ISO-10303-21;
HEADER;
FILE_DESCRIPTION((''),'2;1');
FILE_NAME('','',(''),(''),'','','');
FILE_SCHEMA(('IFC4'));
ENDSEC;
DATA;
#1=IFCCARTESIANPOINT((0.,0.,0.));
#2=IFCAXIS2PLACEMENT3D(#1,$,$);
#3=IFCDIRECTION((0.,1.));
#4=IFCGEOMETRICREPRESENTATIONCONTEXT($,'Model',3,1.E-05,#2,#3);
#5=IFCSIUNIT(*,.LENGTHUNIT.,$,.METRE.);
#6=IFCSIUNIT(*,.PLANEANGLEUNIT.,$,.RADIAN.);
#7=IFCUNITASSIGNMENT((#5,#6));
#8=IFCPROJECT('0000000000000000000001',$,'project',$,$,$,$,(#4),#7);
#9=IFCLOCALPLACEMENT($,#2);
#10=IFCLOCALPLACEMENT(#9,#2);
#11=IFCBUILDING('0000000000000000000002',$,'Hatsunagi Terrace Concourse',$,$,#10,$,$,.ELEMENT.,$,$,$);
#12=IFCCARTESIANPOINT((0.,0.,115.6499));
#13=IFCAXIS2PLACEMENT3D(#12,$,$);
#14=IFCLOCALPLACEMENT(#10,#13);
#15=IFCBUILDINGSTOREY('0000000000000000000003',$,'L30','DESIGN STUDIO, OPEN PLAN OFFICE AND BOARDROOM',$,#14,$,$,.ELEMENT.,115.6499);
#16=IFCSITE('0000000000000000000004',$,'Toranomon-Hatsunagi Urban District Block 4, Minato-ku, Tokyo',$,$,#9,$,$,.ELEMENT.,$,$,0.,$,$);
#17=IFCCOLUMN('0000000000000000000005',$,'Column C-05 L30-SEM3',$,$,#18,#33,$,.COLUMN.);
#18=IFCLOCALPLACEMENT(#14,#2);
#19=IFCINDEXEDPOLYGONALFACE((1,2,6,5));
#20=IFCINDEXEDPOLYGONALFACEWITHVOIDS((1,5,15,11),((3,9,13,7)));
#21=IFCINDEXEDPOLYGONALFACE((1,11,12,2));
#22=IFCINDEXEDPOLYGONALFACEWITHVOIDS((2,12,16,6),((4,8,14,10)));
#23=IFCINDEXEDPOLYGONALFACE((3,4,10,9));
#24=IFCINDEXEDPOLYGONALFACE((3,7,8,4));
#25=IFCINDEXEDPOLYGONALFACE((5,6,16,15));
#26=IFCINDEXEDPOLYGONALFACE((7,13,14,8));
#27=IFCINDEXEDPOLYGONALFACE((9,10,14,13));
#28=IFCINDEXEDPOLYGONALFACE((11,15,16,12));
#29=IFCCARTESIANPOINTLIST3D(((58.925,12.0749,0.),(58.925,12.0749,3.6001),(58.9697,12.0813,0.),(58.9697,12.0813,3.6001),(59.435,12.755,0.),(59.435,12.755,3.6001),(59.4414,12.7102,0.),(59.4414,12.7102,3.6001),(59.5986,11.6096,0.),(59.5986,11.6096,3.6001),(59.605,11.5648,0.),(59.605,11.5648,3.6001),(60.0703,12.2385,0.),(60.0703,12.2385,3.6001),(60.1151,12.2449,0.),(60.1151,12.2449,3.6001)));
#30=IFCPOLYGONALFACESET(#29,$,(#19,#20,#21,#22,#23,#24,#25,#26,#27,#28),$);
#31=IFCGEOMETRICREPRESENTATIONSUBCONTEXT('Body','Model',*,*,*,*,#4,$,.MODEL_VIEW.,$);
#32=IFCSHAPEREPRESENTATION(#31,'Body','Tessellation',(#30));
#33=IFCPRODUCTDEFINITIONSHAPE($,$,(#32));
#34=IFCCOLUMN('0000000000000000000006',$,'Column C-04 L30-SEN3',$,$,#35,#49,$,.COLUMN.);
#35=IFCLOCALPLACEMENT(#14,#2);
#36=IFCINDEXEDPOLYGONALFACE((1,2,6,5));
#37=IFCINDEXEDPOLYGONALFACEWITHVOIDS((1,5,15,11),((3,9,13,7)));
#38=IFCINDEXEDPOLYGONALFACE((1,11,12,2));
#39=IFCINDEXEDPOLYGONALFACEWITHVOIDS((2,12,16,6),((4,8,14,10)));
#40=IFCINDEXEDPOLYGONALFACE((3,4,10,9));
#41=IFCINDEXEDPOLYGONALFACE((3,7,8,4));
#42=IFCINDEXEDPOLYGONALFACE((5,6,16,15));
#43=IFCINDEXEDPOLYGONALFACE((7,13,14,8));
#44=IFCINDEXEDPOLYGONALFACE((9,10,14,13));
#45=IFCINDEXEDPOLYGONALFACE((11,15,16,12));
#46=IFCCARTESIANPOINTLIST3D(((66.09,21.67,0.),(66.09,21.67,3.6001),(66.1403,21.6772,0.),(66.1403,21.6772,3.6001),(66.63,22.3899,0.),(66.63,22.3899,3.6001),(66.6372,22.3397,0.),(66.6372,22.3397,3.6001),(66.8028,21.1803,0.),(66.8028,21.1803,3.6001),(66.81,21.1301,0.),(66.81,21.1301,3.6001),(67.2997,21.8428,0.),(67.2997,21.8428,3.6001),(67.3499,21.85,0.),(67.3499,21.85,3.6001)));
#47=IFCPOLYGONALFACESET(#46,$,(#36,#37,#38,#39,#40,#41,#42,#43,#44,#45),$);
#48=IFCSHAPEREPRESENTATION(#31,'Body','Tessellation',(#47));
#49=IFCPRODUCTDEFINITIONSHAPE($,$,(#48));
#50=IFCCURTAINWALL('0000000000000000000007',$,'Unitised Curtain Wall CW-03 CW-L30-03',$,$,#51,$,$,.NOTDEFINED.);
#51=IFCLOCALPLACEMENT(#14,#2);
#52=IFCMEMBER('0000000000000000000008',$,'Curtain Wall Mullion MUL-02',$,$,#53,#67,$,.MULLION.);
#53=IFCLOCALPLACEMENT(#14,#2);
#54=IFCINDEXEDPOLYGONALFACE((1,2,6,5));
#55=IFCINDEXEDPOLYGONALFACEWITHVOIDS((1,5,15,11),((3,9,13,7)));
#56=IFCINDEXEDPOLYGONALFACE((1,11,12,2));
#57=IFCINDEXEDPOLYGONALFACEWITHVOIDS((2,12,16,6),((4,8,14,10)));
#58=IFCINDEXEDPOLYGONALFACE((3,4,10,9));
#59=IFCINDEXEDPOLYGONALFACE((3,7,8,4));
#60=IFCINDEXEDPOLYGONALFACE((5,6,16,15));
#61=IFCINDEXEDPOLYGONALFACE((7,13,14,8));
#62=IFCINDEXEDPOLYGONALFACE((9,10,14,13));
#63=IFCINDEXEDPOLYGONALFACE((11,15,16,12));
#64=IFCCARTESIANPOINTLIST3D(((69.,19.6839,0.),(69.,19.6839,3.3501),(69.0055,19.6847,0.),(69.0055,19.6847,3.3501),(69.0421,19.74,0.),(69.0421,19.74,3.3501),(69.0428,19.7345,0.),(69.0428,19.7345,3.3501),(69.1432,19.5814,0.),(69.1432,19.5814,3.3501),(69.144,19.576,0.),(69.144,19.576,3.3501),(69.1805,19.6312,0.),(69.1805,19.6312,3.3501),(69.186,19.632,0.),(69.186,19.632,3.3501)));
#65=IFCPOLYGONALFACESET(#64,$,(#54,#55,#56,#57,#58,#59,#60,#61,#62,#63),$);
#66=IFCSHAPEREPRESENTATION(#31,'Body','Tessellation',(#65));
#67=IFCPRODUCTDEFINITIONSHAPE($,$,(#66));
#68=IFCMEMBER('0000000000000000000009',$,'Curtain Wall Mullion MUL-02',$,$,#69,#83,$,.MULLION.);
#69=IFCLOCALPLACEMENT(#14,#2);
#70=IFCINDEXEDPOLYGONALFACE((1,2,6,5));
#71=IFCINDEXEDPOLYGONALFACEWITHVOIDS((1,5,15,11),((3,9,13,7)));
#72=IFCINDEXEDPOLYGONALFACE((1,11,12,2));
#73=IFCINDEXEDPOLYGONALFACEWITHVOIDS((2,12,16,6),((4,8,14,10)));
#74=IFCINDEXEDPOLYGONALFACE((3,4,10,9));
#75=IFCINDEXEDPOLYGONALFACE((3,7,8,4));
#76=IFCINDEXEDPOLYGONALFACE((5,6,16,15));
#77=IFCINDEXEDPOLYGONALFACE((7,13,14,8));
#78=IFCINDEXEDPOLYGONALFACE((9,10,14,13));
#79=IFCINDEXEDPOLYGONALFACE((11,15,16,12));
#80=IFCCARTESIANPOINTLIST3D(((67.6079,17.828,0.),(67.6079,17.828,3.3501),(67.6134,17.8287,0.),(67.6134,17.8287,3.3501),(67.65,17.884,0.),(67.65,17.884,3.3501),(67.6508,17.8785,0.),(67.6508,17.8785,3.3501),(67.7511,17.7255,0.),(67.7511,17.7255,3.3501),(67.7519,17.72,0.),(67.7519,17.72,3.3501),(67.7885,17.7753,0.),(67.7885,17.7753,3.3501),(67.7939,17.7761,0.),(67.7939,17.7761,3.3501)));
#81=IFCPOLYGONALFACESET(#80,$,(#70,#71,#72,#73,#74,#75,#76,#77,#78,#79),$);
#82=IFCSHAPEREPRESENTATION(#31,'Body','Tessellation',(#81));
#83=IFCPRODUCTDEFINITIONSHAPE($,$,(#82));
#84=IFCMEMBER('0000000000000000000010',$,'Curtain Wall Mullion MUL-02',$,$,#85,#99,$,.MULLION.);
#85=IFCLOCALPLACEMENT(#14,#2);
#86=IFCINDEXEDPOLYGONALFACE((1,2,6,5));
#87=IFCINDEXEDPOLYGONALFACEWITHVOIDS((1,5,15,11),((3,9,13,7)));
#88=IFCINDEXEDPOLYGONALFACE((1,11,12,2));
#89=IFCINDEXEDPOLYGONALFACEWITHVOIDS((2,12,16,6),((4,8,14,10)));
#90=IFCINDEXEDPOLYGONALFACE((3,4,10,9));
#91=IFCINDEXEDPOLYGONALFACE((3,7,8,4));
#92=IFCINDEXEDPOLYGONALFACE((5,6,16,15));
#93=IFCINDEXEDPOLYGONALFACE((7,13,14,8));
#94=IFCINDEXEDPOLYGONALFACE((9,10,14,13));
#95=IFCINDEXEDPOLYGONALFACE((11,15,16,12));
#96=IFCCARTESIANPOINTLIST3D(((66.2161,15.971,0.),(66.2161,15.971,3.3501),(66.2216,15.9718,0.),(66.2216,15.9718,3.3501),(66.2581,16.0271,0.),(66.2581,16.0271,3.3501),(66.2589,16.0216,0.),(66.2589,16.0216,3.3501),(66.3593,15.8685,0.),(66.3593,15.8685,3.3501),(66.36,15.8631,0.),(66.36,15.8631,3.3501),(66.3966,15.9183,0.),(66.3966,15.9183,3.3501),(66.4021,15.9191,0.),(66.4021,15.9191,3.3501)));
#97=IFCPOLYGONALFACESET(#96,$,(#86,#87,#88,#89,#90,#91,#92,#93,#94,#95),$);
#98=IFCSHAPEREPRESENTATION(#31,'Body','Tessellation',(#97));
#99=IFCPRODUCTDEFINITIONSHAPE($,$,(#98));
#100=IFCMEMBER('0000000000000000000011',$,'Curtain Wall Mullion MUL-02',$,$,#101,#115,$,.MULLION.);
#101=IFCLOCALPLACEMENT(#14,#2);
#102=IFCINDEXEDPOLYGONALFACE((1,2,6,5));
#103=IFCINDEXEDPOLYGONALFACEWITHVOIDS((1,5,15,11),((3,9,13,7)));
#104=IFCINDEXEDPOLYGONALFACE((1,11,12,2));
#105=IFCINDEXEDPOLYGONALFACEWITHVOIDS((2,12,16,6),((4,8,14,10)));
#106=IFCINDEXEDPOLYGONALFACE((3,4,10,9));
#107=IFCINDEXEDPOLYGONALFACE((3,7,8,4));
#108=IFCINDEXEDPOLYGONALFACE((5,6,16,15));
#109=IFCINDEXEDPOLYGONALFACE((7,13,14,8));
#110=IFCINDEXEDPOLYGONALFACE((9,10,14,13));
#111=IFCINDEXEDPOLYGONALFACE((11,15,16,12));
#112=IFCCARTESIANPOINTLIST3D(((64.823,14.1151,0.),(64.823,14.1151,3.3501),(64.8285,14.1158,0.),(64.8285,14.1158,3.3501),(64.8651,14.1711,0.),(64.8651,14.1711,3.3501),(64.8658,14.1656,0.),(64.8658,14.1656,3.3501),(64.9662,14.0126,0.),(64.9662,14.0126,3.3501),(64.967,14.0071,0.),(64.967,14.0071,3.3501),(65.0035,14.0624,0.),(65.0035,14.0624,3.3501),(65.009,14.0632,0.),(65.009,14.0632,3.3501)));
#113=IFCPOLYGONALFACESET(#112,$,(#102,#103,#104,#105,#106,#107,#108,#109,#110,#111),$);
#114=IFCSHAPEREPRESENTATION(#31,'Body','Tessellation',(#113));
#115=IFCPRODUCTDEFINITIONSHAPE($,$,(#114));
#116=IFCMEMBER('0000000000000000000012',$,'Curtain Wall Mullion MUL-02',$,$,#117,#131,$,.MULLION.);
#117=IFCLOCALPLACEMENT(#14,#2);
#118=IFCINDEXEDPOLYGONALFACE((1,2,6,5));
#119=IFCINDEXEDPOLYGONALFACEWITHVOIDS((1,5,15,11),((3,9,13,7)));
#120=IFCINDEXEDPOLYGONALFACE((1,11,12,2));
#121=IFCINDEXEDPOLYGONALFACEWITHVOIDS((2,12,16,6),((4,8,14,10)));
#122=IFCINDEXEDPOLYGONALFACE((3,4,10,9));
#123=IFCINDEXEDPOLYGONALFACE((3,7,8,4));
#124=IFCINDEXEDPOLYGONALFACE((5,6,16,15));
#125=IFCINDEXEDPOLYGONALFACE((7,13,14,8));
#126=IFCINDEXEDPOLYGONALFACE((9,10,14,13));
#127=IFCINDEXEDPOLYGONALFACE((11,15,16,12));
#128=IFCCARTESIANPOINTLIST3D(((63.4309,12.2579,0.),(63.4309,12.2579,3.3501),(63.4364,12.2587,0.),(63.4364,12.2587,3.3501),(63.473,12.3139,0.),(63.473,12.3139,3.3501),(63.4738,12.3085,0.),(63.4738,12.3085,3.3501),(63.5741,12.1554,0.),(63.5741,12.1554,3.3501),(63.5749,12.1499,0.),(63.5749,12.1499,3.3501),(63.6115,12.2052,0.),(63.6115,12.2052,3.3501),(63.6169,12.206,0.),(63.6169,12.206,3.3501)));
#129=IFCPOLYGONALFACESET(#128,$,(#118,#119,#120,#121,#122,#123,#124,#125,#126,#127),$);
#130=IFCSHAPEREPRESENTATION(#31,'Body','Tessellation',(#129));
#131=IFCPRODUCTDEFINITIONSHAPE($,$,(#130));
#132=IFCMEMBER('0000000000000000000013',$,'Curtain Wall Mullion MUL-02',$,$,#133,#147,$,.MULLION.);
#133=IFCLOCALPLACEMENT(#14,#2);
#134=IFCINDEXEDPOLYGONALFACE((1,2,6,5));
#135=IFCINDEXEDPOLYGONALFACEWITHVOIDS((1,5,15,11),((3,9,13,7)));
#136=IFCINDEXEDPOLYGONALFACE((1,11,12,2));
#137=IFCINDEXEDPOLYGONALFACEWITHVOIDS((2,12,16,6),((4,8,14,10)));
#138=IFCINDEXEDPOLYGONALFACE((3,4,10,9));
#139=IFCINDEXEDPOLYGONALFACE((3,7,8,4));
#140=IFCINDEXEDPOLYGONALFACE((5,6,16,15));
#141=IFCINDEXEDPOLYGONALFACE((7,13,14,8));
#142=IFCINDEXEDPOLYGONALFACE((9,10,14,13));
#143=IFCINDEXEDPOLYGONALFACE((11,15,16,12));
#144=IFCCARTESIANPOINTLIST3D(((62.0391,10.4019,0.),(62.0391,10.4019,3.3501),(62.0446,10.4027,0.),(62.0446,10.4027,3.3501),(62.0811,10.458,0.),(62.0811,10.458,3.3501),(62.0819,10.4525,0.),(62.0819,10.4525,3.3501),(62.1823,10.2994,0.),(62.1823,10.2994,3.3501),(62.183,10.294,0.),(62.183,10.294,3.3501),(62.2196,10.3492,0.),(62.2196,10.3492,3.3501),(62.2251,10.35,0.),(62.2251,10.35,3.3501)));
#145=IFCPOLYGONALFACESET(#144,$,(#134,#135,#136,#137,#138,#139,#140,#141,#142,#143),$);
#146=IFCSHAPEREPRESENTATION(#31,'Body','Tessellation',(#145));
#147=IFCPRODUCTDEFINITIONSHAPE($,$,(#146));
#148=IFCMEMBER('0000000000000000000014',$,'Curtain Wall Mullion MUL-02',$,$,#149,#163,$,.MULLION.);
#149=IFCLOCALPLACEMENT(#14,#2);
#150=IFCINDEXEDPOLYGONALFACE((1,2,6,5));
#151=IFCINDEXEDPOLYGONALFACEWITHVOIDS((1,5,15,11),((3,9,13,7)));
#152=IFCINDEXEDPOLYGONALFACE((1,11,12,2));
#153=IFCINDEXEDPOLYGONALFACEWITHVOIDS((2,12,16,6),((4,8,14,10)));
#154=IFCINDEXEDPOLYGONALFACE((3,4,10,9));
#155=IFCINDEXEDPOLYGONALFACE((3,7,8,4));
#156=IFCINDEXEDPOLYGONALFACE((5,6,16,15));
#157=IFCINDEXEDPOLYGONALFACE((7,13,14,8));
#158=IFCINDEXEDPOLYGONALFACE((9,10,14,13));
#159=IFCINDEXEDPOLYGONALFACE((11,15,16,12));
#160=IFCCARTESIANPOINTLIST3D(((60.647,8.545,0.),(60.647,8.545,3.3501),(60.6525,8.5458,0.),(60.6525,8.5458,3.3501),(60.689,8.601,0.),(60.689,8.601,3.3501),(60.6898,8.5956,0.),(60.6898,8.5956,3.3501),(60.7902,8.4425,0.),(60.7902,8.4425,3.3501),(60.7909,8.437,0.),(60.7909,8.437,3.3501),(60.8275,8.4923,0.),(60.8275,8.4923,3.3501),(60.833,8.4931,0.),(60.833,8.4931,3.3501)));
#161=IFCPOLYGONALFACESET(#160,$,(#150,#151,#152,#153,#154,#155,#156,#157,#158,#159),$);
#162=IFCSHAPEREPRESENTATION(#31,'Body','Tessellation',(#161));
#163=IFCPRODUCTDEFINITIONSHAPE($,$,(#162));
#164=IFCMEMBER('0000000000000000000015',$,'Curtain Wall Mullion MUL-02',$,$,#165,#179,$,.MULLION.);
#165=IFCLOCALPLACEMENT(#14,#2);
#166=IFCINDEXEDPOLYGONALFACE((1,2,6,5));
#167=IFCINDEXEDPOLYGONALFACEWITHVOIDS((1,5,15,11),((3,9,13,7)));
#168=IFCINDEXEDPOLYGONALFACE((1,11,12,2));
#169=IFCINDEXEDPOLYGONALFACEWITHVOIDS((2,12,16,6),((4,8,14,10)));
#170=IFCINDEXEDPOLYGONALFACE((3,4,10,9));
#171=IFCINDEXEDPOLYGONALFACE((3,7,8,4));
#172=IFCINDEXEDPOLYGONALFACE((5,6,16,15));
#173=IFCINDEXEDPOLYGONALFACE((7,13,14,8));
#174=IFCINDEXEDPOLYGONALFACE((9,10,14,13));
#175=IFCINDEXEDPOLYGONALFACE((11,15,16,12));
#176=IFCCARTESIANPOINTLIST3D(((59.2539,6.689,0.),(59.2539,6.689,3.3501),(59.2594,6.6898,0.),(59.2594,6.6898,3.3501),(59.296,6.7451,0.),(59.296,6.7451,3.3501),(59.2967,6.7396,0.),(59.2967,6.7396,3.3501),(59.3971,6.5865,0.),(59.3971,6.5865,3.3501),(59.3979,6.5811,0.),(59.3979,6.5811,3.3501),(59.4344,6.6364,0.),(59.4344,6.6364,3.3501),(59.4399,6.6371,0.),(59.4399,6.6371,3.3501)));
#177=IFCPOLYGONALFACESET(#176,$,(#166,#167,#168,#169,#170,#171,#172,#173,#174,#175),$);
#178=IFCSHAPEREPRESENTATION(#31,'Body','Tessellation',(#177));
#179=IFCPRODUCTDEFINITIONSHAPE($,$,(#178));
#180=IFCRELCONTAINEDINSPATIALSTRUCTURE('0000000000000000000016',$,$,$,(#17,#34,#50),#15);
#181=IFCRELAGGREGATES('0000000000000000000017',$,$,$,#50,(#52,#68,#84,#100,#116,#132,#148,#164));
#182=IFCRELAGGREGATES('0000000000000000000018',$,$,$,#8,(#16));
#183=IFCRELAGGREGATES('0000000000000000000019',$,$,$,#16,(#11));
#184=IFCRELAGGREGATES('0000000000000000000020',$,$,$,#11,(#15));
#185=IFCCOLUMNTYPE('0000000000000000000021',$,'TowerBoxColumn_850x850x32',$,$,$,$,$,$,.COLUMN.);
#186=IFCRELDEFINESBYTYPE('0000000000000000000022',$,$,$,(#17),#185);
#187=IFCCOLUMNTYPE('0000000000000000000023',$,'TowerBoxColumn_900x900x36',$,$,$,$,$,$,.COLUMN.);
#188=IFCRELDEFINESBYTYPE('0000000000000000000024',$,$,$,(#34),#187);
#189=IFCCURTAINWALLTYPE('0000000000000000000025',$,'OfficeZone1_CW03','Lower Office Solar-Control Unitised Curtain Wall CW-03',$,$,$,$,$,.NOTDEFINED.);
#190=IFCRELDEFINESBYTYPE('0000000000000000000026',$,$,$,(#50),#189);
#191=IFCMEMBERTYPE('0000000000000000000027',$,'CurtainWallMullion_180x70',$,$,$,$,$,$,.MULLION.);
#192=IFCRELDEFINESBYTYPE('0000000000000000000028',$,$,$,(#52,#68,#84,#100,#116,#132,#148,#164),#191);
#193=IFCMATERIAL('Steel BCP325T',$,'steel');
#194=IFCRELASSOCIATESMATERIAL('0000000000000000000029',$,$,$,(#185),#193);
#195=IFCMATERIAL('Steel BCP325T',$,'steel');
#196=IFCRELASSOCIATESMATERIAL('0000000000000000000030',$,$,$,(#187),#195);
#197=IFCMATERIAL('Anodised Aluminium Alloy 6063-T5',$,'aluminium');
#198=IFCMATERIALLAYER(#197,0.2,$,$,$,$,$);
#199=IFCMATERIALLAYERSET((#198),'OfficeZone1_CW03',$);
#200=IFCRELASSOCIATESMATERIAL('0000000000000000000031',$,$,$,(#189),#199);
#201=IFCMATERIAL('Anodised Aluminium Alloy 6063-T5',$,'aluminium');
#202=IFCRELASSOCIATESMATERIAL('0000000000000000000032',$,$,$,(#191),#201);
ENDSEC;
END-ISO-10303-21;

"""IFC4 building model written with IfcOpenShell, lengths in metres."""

from ifc_helpers import new_model, si_unit, direction, frame, origin, origin_2d, place, context, subcontext, project, spatial, hollow_rectangle, extrude, material, layer, layer_set, material_profile, profile_set, type_object, element, aggregate, save


model = new_model("IFC4")

# Units and contexts
model_context = context("Model", 3, precision=1e-05, world=origin(), true_north=direction((0.0, 1.0)))
body_context = subcontext(model_context, "Body", "Model", "MODEL_VIEW")
ifc_project = project(units=[si_unit("LENGTHUNIT", "METRE"), si_unit("PLANEANGLEUNIT", "RADIAN")], contexts=[model_context])

# Site, building, storey
site_placement = place(None, origin())
site = spatial("IfcSite", under=ifc_project, at=site_placement, Name="Toranomon-Hatsunagi Urban District Block 4, Minato-ku, Tokyo", CompositionType="ELEMENT", RefElevation=0.0)
building_placement = place(site_placement, origin())
building = spatial("IfcBuilding", under=site, at=building_placement, Name="Hatsunagi Terrace Concourse", CompositionType="ELEMENT")
storey_placement = place(building_placement, frame((0.0, 0.0, 115.6499)))
storey = spatial("IfcBuildingStorey", under=building, at=storey_placement, Name="L30", Description="DESIGN STUDIO, OPEN PLAN OFFICE AND BOARDROOM", CompositionType="ELEMENT", Elevation=115.6499)

# Columns
ifc_material_1 = material(Name="Steel BCP325T", Category="steel")
ifc_material_profile_1 = material_profile(ifc_material_1, hollow_rectangle(XDim=0.8501, YDim=0.8501, WallThickness=0.032, at=origin_2d()), Name="BCP-850x850x32")
ifc_profile_set_1 = profile_set([ifc_material_profile_1], Name="Steel BCP325T")
column_type_1 = type_object("IfcColumnType", Name="TowerBoxColumn_850x850x32", PredefinedType="COLUMN", material=ifc_profile_set_1)
column_1_placement = place(storey_placement, frame((59.52, 12.1599, 0.0), z_axis=(0.0, 0.0, 1.0), x_axis=(0.8, -0.6, 0.0)))
element("IfcColumn", 1, at=column_1_placement, inside=storey, type_object=column_type_1, Name="Column C-05 L30-SEM3", PredefinedType="COLUMN", context=body_context, shape_type="SweptSolid", body=[
    extrude(hollow_rectangle(XDim=0.8501, YDim=0.8501, WallThickness=0.032, at=origin_2d()), origin(), (0.0, 0.0, 1.0), 3.6001),
])
ifc_material_2 = material(Name="Steel BCP325T", Category="steel")
ifc_material_profile_2 = material_profile(ifc_material_2, hollow_rectangle(XDim=0.8999, YDim=0.8999, WallThickness=0.0359, at=origin_2d()), Name="BCP-900x900x36")
ifc_profile_set_2 = profile_set([ifc_material_profile_2], Name="Steel BCP325T")
column_type_2 = type_object("IfcColumnType", Name="TowerBoxColumn_900x900x36", PredefinedType="COLUMN", material=ifc_profile_set_2)
column_2_placement = place(storey_placement, frame((66.72, 21.76, 0.0), z_axis=(0.0, 0.0, 1.0), x_axis=(0.8, -0.6, 0.0)))
element("IfcColumn", 2, at=column_2_placement, inside=storey, type_object=column_type_2, Name="Column C-04 L30-SEN3", PredefinedType="COLUMN", context=body_context, shape_type="SweptSolid", body=[
    extrude(hollow_rectangle(XDim=0.8999, YDim=0.8999, WallThickness=0.0359, at=origin_2d()), origin(), (0.0, 0.0, 1.0), 3.6001),
])

# Curtain wall, members
ifc_material_3 = material(Name="Anodised Aluminium Alloy 6063-T5", Category="aluminium")
ifc_layer_1 = layer(ifc_material_3, 0.2)
ifc_layer_set_1 = layer_set([ifc_layer_1], Name="OfficeZone1_CW03")
curtain_wall_type = type_object("IfcCurtainWallType", Name="OfficeZone1_CW03", Description="Lower Office Solar-Control Unitised Curtain Wall CW-03", PredefinedType="NOTDEFINED", material=ifc_layer_set_1)
curtain_wall_placement = place(storey_placement, origin())
curtain_wall = element("IfcCurtainWall", 3, at=curtain_wall_placement, inside=storey, type_object=curtain_wall_type, Name="Unitised Curtain Wall CW-03 CW-L30-03", PredefinedType="NOTDEFINED")
ifc_material_4 = material(Name="Anodised Aluminium Alloy 6063-T5", Category="aluminium")
ifc_material_profile_3 = material_profile(ifc_material_4, hollow_rectangle(XDim=0.0701, YDim=0.1799, WallThickness=0.0039, at=origin_2d()), Name="ALU-MUL-180x70x4")
ifc_profile_set_3 = profile_set([ifc_material_profile_3], Name="Anodised Aluminium Alloy 6063-T5")
member_type_1 = type_object("IfcMemberType", Name="CurtainWallMullion_180x70", PredefinedType="MULLION", material=ifc_profile_set_3)
member_1_placement = place(storey_placement, frame((69.093, 19.658, 0.0), z_axis=(0.0, 0.0, 1.0), x_axis=(-0.599969, -0.800023, 0.0)))
member_1 = element("IfcMember", 4, at=member_1_placement, type_object=member_type_1, Name="Curtain Wall Mullion MUL-02", PredefinedType="MULLION", context=body_context, shape_type="SweptSolid", body=[
    extrude(hollow_rectangle(XDim=0.0701, YDim=0.1799, WallThickness=0.0039, at=origin_2d()), origin(), (0.0, 0.0, 1.0), 3.3501),
])
member_2_placement = place(storey_placement, frame((67.7009, 17.802, 0.0), z_axis=(0.0, 0.0, 1.0), x_axis=(-0.599969, -0.800023, 0.0)))
member_2 = element("IfcMember", 5, at=member_2_placement, type_object=member_type_1, Name="Curtain Wall Mullion MUL-02", PredefinedType="MULLION", context=body_context, shape_type="SweptSolid", body=[
    extrude(hollow_rectangle(XDim=0.0701, YDim=0.1799, WallThickness=0.0039, at=origin_2d()), origin(), (0.0, 0.0, 1.0), 3.3501),
])
member_3_placement = place(storey_placement, frame((66.3091, 15.9451, 0.0), z_axis=(0.0, 0.0, 1.0), x_axis=(-0.599969, -0.800023, 0.0)))
member_3 = element("IfcMember", 6, at=member_3_placement, type_object=member_type_1, Name="Curtain Wall Mullion MUL-02", PredefinedType="MULLION", context=body_context, shape_type="SweptSolid", body=[
    extrude(hollow_rectangle(XDim=0.0701, YDim=0.1799, WallThickness=0.0039, at=origin_2d()), origin(), (0.0, 0.0, 1.0), 3.3501),
])
member_4_placement = place(storey_placement, frame((64.916, 14.0891, 0.0), z_axis=(0.0, 0.0, 1.0), x_axis=(-0.599969, -0.800023, 0.0)))
member_4 = element("IfcMember", 7, at=member_4_placement, type_object=member_type_1, Name="Curtain Wall Mullion MUL-02", PredefinedType="MULLION", context=body_context, shape_type="SweptSolid", body=[
    extrude(hollow_rectangle(XDim=0.0701, YDim=0.1799, WallThickness=0.0039, at=origin_2d()), origin(), (0.0, 0.0, 1.0), 3.3501),
])
member_5_placement = place(storey_placement, frame((63.5239, 12.2319, 0.0), z_axis=(0.0, 0.0, 1.0), x_axis=(-0.599969, -0.800023, 0.0)))
member_5 = element("IfcMember", 8, at=member_5_placement, type_object=member_type_1, Name="Curtain Wall Mullion MUL-02", PredefinedType="MULLION", context=body_context, shape_type="SweptSolid", body=[
    extrude(hollow_rectangle(XDim=0.0701, YDim=0.1799, WallThickness=0.0039, at=origin_2d()), origin(), (0.0, 0.0, 1.0), 3.3501),
])
member_6_placement = place(storey_placement, frame((62.1321, 10.376, 0.0), z_axis=(0.0, 0.0, 1.0), x_axis=(-0.599969, -0.800023, 0.0)))
member_6 = element("IfcMember", 9, at=member_6_placement, type_object=member_type_1, Name="Curtain Wall Mullion MUL-02", PredefinedType="MULLION", context=body_context, shape_type="SweptSolid", body=[
    extrude(hollow_rectangle(XDim=0.0701, YDim=0.1799, WallThickness=0.0039, at=origin_2d()), origin(), (0.0, 0.0, 1.0), 3.3501),
])
member_7_placement = place(storey_placement, frame((60.74, 8.519, 0.0), z_axis=(0.0, 0.0, 1.0), x_axis=(-0.599969, -0.800023, 0.0)))
member_7 = element("IfcMember", 10, at=member_7_placement, type_object=member_type_1, Name="Curtain Wall Mullion MUL-02", PredefinedType="MULLION", context=body_context, shape_type="SweptSolid", body=[
    extrude(hollow_rectangle(XDim=0.0701, YDim=0.1799, WallThickness=0.0039, at=origin_2d()), origin(), (0.0, 0.0, 1.0), 3.3501),
])
member_8_placement = place(storey_placement, frame((59.3469, 6.6631, 0.0), z_axis=(0.0, 0.0, 1.0), x_axis=(-0.599969, -0.800023, 0.0)))
member_8 = element("IfcMember", 11, at=member_8_placement, type_object=member_type_1, Name="Curtain Wall Mullion MUL-02", PredefinedType="MULLION", context=body_context, shape_type="SweptSolid", body=[
    extrude(hollow_rectangle(XDim=0.0701, YDim=0.1799, WallThickness=0.0039, at=origin_2d()), origin(), (0.0, 0.0, 1.0), 3.3501),
])

aggregate(curtain_wall, [member_1, member_2, member_3, member_4, member_5, member_6, member_7, member_8])

save(model, "model.ifc")
